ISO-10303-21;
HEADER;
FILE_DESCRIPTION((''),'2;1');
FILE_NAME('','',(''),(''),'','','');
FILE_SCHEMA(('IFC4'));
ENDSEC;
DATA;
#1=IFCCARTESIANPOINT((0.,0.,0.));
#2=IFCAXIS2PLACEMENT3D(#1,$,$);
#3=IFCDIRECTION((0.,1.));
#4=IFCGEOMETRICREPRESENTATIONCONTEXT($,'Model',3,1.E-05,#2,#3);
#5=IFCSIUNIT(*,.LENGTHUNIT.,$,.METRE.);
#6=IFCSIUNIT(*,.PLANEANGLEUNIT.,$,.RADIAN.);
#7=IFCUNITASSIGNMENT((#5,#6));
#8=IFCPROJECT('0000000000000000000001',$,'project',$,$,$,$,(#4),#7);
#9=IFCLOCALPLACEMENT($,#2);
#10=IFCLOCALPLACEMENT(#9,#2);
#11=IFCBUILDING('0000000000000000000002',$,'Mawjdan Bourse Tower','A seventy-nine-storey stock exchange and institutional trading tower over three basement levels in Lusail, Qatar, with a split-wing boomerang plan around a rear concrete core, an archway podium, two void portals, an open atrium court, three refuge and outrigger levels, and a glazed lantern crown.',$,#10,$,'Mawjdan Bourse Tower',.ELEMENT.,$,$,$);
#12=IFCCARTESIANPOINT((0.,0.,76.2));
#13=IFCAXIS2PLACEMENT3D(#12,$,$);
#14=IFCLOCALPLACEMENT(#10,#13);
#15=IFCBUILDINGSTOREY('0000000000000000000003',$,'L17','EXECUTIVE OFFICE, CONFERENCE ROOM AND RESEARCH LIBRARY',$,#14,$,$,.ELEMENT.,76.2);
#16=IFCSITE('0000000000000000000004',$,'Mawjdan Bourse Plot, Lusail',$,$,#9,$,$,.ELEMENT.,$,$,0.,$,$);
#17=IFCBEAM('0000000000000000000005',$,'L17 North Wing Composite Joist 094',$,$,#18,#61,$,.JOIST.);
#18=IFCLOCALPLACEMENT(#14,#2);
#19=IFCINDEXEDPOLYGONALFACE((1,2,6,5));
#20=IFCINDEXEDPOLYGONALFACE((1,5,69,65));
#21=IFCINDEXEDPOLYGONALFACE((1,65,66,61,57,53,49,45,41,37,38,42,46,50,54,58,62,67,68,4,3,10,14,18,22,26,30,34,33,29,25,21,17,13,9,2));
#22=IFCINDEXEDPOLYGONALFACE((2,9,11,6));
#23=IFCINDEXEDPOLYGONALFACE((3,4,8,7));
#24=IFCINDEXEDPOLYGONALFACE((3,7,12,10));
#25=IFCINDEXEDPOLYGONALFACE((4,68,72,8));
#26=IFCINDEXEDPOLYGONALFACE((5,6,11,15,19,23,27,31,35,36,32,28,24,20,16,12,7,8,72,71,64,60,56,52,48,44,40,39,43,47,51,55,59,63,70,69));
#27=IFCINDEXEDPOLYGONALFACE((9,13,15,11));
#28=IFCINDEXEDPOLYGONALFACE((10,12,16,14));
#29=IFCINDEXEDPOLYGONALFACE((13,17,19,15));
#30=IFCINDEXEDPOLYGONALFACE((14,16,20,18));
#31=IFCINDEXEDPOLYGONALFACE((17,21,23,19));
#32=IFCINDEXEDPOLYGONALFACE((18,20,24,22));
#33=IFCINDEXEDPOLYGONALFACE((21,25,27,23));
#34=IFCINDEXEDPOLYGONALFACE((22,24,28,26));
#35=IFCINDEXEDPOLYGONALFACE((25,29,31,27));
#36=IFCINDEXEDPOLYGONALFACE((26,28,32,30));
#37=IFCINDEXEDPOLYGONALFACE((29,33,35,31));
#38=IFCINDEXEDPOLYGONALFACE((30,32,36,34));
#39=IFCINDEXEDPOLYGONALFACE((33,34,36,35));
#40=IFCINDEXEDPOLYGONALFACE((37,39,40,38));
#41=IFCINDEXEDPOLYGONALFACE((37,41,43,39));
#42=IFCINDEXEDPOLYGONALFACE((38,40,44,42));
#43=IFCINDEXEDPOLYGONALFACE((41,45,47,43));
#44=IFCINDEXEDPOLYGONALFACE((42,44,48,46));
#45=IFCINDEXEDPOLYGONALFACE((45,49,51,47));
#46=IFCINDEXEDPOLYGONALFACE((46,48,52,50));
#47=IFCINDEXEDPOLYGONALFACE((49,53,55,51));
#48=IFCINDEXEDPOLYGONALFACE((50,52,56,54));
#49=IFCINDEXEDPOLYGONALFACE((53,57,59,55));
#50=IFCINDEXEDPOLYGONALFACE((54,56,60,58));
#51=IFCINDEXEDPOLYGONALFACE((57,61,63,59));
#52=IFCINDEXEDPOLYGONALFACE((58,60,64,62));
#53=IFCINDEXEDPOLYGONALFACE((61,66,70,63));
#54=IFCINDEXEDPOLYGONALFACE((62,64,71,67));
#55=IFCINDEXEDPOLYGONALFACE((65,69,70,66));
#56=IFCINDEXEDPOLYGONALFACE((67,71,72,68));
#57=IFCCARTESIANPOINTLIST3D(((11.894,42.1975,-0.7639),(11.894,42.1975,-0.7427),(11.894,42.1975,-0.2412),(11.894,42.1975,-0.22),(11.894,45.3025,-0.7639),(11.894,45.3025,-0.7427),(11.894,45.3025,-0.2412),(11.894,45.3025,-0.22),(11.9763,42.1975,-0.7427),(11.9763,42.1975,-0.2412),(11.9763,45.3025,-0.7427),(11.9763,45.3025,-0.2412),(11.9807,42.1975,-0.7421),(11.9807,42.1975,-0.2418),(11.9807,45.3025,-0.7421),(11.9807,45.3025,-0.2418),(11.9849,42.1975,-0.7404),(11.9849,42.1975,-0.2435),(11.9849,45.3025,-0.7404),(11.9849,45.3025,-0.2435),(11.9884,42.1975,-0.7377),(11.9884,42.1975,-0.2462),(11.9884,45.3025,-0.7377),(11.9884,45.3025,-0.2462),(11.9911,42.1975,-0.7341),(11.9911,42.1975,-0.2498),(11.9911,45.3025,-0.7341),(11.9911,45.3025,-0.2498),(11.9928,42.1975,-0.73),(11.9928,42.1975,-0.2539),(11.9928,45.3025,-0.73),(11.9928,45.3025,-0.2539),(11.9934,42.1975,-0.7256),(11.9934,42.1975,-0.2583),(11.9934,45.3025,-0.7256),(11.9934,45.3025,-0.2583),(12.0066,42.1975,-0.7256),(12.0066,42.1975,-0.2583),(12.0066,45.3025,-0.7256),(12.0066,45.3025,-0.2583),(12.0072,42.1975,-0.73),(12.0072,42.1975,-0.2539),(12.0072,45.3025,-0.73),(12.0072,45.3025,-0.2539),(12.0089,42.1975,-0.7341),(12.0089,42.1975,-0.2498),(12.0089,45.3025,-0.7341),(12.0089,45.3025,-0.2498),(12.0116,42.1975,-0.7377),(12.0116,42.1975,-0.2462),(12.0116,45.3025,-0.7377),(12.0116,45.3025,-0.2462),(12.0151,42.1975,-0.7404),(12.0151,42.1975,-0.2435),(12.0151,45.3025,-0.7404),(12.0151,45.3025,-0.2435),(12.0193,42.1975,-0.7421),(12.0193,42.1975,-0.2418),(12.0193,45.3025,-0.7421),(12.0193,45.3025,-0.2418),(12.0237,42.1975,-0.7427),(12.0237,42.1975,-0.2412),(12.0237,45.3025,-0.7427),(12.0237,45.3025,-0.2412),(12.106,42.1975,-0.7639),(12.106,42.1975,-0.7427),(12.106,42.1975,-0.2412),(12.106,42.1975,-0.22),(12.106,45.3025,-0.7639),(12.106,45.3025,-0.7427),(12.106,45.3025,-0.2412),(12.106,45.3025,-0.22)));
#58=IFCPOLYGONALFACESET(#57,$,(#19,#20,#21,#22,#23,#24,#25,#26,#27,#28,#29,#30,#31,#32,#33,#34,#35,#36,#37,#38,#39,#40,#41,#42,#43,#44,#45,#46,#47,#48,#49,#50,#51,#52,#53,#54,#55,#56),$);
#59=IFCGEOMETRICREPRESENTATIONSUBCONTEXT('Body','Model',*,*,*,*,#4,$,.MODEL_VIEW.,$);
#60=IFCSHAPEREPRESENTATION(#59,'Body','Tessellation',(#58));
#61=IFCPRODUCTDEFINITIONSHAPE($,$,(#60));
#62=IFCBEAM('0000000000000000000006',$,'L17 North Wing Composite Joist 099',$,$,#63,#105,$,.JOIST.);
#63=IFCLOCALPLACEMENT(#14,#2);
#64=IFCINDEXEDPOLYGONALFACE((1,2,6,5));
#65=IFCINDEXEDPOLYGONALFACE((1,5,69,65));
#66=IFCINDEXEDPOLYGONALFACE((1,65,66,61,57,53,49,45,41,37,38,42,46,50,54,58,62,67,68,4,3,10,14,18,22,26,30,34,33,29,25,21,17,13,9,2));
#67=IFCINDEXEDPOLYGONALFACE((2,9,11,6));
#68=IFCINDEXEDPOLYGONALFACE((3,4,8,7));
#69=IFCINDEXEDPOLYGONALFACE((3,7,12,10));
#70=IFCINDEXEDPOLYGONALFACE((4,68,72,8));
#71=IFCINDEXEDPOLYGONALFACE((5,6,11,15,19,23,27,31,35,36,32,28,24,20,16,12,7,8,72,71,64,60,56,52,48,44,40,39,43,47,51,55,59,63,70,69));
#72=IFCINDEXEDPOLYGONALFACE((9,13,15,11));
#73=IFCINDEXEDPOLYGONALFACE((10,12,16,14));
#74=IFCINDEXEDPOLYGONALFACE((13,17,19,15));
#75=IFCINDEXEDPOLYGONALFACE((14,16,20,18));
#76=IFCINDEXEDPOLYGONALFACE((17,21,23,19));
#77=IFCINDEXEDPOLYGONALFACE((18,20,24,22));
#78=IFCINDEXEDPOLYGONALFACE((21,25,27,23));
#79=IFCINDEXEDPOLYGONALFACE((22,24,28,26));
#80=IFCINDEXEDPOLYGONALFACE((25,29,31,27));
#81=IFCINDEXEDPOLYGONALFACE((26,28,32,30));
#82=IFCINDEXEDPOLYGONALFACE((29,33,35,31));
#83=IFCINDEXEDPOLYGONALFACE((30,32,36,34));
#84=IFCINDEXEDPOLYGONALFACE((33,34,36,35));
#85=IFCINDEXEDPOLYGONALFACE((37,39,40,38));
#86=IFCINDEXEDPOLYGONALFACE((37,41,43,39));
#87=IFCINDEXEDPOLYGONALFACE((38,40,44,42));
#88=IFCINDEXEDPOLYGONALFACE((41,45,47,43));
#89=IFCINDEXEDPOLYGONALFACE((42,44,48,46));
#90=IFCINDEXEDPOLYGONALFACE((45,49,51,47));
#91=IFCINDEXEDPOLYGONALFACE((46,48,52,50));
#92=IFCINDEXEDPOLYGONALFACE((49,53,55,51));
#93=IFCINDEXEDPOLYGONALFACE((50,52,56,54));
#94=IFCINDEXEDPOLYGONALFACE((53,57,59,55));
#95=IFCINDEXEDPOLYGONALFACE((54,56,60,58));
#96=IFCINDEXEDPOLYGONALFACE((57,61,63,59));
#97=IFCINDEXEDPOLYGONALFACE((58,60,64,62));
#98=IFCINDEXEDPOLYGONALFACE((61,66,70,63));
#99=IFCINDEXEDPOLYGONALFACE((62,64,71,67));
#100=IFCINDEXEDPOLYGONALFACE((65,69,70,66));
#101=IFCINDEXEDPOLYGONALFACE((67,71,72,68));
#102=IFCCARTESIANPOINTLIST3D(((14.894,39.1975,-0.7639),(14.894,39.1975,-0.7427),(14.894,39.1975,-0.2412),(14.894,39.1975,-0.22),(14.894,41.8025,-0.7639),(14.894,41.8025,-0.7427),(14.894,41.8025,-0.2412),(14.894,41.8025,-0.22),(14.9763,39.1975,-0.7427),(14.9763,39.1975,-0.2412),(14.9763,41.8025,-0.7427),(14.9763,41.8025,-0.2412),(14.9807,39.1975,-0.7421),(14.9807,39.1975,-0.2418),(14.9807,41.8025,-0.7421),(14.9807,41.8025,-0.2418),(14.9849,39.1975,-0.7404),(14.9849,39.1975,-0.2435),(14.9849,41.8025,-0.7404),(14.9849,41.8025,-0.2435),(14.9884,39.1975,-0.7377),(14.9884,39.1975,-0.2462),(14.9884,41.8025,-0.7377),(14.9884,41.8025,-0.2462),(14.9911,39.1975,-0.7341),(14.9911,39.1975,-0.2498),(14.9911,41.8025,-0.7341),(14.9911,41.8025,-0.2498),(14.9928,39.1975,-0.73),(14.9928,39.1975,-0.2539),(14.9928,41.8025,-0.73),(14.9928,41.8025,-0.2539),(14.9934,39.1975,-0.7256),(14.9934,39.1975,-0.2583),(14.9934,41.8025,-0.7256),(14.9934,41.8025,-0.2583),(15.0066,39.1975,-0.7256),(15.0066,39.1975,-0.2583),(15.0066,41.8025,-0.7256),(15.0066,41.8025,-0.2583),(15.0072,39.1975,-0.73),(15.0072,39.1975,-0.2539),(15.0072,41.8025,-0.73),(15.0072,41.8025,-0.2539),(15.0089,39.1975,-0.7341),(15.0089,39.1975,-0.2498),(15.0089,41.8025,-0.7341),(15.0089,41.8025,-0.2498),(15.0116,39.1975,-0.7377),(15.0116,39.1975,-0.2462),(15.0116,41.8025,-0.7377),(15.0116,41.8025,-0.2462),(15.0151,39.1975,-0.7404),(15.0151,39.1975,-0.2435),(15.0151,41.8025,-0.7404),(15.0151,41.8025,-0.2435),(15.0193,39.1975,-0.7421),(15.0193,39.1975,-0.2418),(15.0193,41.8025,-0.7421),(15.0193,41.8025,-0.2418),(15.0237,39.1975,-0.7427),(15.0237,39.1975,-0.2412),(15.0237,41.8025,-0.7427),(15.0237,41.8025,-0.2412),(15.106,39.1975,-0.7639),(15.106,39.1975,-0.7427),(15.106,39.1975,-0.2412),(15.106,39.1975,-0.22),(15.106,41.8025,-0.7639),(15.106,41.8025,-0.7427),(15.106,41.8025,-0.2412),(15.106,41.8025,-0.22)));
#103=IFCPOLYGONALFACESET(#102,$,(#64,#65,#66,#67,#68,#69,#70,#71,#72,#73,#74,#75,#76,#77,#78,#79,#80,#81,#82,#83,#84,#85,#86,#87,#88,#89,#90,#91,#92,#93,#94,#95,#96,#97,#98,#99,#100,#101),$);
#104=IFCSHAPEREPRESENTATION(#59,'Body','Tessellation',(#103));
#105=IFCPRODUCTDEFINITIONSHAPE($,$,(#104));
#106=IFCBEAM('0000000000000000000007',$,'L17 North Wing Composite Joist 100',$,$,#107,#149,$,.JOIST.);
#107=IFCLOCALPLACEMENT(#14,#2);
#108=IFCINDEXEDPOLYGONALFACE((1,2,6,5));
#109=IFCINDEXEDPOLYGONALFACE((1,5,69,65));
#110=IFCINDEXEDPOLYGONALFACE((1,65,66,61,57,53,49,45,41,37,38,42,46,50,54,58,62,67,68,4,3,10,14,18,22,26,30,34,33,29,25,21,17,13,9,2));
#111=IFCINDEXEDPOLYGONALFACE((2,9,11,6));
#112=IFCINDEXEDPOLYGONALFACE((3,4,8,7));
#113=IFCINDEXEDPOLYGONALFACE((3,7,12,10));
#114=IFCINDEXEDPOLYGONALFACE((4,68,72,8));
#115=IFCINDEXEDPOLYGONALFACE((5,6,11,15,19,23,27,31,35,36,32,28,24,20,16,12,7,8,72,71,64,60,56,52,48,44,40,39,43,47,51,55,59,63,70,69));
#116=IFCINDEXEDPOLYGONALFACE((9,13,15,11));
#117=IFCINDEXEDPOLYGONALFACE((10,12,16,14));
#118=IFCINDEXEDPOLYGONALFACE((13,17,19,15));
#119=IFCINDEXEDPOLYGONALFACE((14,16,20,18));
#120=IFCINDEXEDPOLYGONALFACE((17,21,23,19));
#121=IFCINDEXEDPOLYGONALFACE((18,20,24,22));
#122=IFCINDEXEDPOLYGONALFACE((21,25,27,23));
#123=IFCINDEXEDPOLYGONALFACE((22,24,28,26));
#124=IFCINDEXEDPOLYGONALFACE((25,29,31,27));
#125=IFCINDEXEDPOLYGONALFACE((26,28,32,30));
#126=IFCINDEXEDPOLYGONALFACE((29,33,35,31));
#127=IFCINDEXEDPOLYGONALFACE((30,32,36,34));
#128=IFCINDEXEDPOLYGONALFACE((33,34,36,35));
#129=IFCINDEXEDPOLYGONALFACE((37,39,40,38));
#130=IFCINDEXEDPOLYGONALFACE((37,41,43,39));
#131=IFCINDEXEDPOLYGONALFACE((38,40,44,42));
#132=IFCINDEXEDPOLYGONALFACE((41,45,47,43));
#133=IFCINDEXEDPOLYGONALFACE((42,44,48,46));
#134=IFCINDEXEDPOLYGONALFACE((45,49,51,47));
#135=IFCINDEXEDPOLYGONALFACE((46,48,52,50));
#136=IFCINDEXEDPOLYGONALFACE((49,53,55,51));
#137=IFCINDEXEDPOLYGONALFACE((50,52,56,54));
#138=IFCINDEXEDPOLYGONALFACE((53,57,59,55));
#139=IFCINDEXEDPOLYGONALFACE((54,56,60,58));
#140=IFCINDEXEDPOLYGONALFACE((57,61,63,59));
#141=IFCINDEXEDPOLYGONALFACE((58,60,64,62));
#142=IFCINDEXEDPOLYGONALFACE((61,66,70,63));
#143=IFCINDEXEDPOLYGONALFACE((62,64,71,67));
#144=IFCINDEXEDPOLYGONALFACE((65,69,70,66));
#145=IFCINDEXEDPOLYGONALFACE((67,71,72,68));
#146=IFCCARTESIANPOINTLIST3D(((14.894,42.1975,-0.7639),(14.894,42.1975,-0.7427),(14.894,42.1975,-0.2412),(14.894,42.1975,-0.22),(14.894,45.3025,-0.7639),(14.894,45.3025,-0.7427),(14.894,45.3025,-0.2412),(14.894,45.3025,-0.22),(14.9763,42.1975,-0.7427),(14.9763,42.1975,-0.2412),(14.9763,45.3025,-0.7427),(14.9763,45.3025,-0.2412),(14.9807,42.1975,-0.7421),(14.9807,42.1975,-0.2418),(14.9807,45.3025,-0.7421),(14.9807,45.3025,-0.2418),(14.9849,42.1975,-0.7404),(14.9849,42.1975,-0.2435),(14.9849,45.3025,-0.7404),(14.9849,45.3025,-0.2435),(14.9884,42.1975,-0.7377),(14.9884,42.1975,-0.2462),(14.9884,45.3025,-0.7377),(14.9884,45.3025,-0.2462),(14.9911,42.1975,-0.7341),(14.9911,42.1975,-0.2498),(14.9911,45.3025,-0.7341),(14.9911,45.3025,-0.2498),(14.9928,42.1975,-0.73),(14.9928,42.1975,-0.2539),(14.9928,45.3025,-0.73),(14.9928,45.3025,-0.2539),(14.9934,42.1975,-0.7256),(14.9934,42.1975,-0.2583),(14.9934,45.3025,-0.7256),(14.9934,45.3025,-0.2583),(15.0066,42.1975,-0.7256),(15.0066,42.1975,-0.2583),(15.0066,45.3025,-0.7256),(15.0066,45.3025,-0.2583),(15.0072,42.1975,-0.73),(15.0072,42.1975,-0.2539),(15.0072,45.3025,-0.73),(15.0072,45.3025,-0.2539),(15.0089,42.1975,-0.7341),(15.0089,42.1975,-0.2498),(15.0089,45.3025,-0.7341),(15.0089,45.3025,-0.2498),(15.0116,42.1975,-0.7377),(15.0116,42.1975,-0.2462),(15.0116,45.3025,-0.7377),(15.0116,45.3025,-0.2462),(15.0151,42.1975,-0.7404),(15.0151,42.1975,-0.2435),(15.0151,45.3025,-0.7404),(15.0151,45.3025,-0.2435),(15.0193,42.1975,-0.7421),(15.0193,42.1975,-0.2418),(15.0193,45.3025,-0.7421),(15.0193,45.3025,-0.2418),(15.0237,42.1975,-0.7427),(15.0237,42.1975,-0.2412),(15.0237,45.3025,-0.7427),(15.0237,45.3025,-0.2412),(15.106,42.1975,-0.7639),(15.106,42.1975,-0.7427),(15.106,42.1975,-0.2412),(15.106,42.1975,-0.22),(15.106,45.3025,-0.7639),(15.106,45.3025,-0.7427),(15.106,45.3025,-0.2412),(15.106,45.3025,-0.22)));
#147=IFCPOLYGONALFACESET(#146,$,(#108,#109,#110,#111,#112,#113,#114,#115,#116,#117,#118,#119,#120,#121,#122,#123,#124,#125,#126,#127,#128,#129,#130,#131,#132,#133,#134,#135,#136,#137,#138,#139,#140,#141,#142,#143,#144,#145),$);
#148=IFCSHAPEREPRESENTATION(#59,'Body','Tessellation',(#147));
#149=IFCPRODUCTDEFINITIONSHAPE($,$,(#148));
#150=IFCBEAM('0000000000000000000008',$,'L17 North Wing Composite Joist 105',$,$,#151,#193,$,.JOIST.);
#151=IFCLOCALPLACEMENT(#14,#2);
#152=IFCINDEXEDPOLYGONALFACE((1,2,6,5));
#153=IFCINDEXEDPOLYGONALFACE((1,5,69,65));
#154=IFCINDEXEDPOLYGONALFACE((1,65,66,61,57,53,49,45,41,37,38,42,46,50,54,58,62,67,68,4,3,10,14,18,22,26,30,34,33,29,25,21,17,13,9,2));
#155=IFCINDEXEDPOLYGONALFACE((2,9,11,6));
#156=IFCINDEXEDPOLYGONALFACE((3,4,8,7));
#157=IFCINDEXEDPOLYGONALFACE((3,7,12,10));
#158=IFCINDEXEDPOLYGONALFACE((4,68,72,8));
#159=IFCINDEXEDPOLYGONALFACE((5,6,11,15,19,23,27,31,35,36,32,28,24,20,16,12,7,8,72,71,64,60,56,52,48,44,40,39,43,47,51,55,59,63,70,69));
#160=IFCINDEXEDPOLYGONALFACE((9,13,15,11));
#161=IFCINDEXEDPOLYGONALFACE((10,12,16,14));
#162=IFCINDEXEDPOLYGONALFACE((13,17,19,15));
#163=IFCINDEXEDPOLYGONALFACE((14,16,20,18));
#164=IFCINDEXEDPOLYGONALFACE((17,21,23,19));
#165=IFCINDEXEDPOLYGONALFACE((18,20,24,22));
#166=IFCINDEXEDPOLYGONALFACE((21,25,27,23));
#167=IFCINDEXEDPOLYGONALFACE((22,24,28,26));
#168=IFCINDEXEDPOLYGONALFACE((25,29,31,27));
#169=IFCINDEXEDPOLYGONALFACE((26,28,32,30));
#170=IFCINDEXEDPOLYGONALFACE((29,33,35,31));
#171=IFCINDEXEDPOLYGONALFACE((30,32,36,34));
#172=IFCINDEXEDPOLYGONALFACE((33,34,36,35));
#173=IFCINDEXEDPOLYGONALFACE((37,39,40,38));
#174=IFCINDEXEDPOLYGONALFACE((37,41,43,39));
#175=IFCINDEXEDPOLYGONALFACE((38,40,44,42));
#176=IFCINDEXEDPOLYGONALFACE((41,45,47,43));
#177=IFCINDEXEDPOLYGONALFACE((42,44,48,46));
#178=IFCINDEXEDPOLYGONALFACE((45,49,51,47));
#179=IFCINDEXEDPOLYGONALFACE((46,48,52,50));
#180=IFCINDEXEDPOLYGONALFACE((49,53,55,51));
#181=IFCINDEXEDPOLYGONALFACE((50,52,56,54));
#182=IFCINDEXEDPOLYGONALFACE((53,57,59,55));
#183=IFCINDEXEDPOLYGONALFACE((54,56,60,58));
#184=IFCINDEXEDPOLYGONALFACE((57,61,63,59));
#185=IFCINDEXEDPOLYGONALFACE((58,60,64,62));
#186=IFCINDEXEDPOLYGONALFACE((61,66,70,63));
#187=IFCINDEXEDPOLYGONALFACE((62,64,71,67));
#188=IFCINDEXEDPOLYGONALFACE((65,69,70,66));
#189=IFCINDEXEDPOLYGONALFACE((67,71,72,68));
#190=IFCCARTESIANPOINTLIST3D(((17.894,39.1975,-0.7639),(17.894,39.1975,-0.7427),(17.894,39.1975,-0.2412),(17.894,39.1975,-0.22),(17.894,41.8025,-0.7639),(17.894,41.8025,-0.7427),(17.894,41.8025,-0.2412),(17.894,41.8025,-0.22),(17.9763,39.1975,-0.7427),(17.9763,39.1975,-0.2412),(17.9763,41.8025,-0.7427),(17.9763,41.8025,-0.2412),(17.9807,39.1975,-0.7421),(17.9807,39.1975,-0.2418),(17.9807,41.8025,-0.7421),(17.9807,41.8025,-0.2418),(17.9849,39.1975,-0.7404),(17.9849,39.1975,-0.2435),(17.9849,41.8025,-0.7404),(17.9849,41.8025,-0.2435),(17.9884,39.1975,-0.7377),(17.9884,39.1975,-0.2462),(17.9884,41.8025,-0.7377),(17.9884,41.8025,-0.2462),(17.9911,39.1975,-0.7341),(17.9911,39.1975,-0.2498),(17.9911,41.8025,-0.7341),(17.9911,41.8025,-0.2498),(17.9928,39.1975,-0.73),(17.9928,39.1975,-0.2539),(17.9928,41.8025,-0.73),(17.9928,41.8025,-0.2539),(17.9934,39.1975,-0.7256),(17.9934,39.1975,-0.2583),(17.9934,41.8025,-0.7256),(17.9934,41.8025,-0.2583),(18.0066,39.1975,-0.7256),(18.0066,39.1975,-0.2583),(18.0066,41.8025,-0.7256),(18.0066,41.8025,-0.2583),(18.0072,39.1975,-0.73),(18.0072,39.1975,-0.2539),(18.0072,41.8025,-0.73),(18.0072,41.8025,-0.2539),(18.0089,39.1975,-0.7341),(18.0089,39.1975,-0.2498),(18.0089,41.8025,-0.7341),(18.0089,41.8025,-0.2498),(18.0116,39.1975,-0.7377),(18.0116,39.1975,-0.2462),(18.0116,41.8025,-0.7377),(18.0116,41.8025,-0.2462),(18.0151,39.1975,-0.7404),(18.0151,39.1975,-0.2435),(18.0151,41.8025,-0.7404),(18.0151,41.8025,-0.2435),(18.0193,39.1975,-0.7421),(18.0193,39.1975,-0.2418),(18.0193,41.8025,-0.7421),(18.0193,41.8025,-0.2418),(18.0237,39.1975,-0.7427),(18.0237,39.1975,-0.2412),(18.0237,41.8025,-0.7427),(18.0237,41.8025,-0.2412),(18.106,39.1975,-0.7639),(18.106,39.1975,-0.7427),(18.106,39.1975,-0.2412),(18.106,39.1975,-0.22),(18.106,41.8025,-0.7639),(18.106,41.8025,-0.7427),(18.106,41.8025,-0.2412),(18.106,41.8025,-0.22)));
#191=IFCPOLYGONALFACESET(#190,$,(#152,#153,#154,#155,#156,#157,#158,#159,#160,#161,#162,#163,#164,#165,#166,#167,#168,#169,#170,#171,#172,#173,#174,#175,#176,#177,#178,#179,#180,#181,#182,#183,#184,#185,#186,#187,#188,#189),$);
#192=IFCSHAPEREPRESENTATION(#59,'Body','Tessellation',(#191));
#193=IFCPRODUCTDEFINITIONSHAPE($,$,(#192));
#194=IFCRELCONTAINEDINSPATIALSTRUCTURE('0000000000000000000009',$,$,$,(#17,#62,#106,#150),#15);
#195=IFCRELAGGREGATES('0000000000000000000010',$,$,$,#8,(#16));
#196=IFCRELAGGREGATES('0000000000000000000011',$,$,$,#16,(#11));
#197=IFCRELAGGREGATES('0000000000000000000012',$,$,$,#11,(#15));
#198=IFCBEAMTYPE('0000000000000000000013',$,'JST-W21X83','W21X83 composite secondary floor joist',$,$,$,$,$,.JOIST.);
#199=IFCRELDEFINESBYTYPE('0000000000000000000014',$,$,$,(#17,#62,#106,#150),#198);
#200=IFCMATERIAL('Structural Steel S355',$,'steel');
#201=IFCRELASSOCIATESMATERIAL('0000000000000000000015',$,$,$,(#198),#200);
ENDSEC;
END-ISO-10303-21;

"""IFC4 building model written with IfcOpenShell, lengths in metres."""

from ifc_helpers import new_model, si_unit, direction, frame, origin, origin_2d, place, context, subcontext, project, spatial, i_section, extrude, material, material_profile, profile_set, type_object, element, save


model = new_model("IFC4")

# Units and contexts
model_context = context("Model", 3, precision=1e-05, world=origin(), true_north=direction((0.0, 1.0)))
body_context = subcontext(model_context, "Body", "Model", "MODEL_VIEW")
ifc_project = project(units=[si_unit("LENGTHUNIT", "METRE"), si_unit("PLANEANGLEUNIT", "RADIAN")], contexts=[model_context])

# Site, building, storey
site_placement = place(None, origin())
site = spatial("IfcSite", under=ifc_project, at=site_placement, Name="Mawjdan Bourse Plot, Lusail", CompositionType="ELEMENT", RefElevation=0.0)
building_placement = place(site_placement, origin())
building = spatial("IfcBuilding", under=site, at=building_placement, Name="Mawjdan Bourse Tower", Description="A seventy-nine-storey stock exchange and institutional trading tower over three basement levels in Lusail, Qatar, with a split-wing boomerang plan around a rear concrete core, an archway podium, two void portals, an open atrium court, three refuge and outrigger levels, and a glazed lantern crown.", LongName="Mawjdan Bourse Tower", CompositionType="ELEMENT")
storey_placement = place(building_placement, frame((0.0, 0.0, 76.2)))
storey = spatial("IfcBuildingStorey", under=building, at=storey_placement, Name="L17", Description="EXECUTIVE OFFICE, CONFERENCE ROOM AND RESEARCH LIBRARY", CompositionType="ELEMENT", Elevation=76.2)

# Beams
ifc_material_1 = material(Name="Structural Steel S355", Category="steel")
ifc_material_profile_1 = material_profile(ifc_material_1, i_section(OverallWidth=0.2119, OverallDepth=0.5439, WebThickness=0.0132, FlangeThickness=0.0212, FilletRadius=0.0171, at=origin_2d()), Name="W21X83")
ifc_profile_set_1 = profile_set([ifc_material_profile_1], Name="Structural Steel S355")
beam_type_1 = type_object("IfcBeamType", Name="JST-W21X83", Description="W21X83 composite secondary floor joist", PredefinedType="JOIST", material=ifc_profile_set_1)
beam_1_placement = place(storey_placement, frame((12.0, 42.1975, -0.4919), z_axis=(0.0, 1.0, 0.0), x_axis=(-1.0, 0.0, 0.0)))
element("IfcBeam", 1, at=beam_1_placement, inside=storey, type_object=beam_type_1, Name="L17 North Wing Composite Joist 094", PredefinedType="JOIST", context=body_context, shape_type="SweptSolid", body=[
    extrude(i_section(OverallWidth=0.2119, OverallDepth=0.5439, WebThickness=0.0132, FlangeThickness=0.0212, FilletRadius=0.0171, at=origin_2d()), origin(), (0.0, 0.0, 1.0), 3.105),
])
beam_2_placement = place(storey_placement, frame((15.0, 39.1975, -0.4919), z_axis=(0.0, 1.0, 0.0), x_axis=(-1.0, 0.0, 0.0)))
element("IfcBeam", 2, at=beam_2_placement, inside=storey, type_object=beam_type_1, Name="L17 North Wing Composite Joist 099", PredefinedType="JOIST", context=body_context, shape_type="SweptSolid", body=[
    extrude(i_section(OverallWidth=0.2119, OverallDepth=0.5439, WebThickness=0.0132, FlangeThickness=0.0212, FilletRadius=0.0171, at=origin_2d()), origin(), (0.0, 0.0, 1.0), 2.605),
])
beam_3_placement = place(storey_placement, frame((15.0, 42.1975, -0.4919), z_axis=(0.0, 1.0, 0.0), x_axis=(-1.0, 0.0, 0.0)))
element("IfcBeam", 3, at=beam_3_placement, inside=storey, type_object=beam_type_1, Name="L17 North Wing Composite Joist 100", PredefinedType="JOIST", context=body_context, shape_type="SweptSolid", body=[
    extrude(i_section(OverallWidth=0.2119, OverallDepth=0.5439, WebThickness=0.0132, FlangeThickness=0.0212, FilletRadius=0.0171, at=origin_2d()), origin(), (0.0, 0.0, 1.0), 3.105),
])
beam_4_placement = place(storey_placement, frame((18.0, 39.1975, -0.4919), z_axis=(0.0, 1.0, 0.0), x_axis=(-1.0, 0.0, 0.0)))
element("IfcBeam", 4, at=beam_4_placement, inside=storey, type_object=beam_type_1, Name="L17 North Wing Composite Joist 105", PredefinedType="JOIST", context=body_context, shape_type="SweptSolid", body=[
    extrude(i_section(OverallWidth=0.2119, OverallDepth=0.5439, WebThickness=0.0132, FlangeThickness=0.0212, FilletRadius=0.0171, at=origin_2d()), origin(), (0.0, 0.0, 1.0), 2.605),
])

save(model, "model.ifc")
